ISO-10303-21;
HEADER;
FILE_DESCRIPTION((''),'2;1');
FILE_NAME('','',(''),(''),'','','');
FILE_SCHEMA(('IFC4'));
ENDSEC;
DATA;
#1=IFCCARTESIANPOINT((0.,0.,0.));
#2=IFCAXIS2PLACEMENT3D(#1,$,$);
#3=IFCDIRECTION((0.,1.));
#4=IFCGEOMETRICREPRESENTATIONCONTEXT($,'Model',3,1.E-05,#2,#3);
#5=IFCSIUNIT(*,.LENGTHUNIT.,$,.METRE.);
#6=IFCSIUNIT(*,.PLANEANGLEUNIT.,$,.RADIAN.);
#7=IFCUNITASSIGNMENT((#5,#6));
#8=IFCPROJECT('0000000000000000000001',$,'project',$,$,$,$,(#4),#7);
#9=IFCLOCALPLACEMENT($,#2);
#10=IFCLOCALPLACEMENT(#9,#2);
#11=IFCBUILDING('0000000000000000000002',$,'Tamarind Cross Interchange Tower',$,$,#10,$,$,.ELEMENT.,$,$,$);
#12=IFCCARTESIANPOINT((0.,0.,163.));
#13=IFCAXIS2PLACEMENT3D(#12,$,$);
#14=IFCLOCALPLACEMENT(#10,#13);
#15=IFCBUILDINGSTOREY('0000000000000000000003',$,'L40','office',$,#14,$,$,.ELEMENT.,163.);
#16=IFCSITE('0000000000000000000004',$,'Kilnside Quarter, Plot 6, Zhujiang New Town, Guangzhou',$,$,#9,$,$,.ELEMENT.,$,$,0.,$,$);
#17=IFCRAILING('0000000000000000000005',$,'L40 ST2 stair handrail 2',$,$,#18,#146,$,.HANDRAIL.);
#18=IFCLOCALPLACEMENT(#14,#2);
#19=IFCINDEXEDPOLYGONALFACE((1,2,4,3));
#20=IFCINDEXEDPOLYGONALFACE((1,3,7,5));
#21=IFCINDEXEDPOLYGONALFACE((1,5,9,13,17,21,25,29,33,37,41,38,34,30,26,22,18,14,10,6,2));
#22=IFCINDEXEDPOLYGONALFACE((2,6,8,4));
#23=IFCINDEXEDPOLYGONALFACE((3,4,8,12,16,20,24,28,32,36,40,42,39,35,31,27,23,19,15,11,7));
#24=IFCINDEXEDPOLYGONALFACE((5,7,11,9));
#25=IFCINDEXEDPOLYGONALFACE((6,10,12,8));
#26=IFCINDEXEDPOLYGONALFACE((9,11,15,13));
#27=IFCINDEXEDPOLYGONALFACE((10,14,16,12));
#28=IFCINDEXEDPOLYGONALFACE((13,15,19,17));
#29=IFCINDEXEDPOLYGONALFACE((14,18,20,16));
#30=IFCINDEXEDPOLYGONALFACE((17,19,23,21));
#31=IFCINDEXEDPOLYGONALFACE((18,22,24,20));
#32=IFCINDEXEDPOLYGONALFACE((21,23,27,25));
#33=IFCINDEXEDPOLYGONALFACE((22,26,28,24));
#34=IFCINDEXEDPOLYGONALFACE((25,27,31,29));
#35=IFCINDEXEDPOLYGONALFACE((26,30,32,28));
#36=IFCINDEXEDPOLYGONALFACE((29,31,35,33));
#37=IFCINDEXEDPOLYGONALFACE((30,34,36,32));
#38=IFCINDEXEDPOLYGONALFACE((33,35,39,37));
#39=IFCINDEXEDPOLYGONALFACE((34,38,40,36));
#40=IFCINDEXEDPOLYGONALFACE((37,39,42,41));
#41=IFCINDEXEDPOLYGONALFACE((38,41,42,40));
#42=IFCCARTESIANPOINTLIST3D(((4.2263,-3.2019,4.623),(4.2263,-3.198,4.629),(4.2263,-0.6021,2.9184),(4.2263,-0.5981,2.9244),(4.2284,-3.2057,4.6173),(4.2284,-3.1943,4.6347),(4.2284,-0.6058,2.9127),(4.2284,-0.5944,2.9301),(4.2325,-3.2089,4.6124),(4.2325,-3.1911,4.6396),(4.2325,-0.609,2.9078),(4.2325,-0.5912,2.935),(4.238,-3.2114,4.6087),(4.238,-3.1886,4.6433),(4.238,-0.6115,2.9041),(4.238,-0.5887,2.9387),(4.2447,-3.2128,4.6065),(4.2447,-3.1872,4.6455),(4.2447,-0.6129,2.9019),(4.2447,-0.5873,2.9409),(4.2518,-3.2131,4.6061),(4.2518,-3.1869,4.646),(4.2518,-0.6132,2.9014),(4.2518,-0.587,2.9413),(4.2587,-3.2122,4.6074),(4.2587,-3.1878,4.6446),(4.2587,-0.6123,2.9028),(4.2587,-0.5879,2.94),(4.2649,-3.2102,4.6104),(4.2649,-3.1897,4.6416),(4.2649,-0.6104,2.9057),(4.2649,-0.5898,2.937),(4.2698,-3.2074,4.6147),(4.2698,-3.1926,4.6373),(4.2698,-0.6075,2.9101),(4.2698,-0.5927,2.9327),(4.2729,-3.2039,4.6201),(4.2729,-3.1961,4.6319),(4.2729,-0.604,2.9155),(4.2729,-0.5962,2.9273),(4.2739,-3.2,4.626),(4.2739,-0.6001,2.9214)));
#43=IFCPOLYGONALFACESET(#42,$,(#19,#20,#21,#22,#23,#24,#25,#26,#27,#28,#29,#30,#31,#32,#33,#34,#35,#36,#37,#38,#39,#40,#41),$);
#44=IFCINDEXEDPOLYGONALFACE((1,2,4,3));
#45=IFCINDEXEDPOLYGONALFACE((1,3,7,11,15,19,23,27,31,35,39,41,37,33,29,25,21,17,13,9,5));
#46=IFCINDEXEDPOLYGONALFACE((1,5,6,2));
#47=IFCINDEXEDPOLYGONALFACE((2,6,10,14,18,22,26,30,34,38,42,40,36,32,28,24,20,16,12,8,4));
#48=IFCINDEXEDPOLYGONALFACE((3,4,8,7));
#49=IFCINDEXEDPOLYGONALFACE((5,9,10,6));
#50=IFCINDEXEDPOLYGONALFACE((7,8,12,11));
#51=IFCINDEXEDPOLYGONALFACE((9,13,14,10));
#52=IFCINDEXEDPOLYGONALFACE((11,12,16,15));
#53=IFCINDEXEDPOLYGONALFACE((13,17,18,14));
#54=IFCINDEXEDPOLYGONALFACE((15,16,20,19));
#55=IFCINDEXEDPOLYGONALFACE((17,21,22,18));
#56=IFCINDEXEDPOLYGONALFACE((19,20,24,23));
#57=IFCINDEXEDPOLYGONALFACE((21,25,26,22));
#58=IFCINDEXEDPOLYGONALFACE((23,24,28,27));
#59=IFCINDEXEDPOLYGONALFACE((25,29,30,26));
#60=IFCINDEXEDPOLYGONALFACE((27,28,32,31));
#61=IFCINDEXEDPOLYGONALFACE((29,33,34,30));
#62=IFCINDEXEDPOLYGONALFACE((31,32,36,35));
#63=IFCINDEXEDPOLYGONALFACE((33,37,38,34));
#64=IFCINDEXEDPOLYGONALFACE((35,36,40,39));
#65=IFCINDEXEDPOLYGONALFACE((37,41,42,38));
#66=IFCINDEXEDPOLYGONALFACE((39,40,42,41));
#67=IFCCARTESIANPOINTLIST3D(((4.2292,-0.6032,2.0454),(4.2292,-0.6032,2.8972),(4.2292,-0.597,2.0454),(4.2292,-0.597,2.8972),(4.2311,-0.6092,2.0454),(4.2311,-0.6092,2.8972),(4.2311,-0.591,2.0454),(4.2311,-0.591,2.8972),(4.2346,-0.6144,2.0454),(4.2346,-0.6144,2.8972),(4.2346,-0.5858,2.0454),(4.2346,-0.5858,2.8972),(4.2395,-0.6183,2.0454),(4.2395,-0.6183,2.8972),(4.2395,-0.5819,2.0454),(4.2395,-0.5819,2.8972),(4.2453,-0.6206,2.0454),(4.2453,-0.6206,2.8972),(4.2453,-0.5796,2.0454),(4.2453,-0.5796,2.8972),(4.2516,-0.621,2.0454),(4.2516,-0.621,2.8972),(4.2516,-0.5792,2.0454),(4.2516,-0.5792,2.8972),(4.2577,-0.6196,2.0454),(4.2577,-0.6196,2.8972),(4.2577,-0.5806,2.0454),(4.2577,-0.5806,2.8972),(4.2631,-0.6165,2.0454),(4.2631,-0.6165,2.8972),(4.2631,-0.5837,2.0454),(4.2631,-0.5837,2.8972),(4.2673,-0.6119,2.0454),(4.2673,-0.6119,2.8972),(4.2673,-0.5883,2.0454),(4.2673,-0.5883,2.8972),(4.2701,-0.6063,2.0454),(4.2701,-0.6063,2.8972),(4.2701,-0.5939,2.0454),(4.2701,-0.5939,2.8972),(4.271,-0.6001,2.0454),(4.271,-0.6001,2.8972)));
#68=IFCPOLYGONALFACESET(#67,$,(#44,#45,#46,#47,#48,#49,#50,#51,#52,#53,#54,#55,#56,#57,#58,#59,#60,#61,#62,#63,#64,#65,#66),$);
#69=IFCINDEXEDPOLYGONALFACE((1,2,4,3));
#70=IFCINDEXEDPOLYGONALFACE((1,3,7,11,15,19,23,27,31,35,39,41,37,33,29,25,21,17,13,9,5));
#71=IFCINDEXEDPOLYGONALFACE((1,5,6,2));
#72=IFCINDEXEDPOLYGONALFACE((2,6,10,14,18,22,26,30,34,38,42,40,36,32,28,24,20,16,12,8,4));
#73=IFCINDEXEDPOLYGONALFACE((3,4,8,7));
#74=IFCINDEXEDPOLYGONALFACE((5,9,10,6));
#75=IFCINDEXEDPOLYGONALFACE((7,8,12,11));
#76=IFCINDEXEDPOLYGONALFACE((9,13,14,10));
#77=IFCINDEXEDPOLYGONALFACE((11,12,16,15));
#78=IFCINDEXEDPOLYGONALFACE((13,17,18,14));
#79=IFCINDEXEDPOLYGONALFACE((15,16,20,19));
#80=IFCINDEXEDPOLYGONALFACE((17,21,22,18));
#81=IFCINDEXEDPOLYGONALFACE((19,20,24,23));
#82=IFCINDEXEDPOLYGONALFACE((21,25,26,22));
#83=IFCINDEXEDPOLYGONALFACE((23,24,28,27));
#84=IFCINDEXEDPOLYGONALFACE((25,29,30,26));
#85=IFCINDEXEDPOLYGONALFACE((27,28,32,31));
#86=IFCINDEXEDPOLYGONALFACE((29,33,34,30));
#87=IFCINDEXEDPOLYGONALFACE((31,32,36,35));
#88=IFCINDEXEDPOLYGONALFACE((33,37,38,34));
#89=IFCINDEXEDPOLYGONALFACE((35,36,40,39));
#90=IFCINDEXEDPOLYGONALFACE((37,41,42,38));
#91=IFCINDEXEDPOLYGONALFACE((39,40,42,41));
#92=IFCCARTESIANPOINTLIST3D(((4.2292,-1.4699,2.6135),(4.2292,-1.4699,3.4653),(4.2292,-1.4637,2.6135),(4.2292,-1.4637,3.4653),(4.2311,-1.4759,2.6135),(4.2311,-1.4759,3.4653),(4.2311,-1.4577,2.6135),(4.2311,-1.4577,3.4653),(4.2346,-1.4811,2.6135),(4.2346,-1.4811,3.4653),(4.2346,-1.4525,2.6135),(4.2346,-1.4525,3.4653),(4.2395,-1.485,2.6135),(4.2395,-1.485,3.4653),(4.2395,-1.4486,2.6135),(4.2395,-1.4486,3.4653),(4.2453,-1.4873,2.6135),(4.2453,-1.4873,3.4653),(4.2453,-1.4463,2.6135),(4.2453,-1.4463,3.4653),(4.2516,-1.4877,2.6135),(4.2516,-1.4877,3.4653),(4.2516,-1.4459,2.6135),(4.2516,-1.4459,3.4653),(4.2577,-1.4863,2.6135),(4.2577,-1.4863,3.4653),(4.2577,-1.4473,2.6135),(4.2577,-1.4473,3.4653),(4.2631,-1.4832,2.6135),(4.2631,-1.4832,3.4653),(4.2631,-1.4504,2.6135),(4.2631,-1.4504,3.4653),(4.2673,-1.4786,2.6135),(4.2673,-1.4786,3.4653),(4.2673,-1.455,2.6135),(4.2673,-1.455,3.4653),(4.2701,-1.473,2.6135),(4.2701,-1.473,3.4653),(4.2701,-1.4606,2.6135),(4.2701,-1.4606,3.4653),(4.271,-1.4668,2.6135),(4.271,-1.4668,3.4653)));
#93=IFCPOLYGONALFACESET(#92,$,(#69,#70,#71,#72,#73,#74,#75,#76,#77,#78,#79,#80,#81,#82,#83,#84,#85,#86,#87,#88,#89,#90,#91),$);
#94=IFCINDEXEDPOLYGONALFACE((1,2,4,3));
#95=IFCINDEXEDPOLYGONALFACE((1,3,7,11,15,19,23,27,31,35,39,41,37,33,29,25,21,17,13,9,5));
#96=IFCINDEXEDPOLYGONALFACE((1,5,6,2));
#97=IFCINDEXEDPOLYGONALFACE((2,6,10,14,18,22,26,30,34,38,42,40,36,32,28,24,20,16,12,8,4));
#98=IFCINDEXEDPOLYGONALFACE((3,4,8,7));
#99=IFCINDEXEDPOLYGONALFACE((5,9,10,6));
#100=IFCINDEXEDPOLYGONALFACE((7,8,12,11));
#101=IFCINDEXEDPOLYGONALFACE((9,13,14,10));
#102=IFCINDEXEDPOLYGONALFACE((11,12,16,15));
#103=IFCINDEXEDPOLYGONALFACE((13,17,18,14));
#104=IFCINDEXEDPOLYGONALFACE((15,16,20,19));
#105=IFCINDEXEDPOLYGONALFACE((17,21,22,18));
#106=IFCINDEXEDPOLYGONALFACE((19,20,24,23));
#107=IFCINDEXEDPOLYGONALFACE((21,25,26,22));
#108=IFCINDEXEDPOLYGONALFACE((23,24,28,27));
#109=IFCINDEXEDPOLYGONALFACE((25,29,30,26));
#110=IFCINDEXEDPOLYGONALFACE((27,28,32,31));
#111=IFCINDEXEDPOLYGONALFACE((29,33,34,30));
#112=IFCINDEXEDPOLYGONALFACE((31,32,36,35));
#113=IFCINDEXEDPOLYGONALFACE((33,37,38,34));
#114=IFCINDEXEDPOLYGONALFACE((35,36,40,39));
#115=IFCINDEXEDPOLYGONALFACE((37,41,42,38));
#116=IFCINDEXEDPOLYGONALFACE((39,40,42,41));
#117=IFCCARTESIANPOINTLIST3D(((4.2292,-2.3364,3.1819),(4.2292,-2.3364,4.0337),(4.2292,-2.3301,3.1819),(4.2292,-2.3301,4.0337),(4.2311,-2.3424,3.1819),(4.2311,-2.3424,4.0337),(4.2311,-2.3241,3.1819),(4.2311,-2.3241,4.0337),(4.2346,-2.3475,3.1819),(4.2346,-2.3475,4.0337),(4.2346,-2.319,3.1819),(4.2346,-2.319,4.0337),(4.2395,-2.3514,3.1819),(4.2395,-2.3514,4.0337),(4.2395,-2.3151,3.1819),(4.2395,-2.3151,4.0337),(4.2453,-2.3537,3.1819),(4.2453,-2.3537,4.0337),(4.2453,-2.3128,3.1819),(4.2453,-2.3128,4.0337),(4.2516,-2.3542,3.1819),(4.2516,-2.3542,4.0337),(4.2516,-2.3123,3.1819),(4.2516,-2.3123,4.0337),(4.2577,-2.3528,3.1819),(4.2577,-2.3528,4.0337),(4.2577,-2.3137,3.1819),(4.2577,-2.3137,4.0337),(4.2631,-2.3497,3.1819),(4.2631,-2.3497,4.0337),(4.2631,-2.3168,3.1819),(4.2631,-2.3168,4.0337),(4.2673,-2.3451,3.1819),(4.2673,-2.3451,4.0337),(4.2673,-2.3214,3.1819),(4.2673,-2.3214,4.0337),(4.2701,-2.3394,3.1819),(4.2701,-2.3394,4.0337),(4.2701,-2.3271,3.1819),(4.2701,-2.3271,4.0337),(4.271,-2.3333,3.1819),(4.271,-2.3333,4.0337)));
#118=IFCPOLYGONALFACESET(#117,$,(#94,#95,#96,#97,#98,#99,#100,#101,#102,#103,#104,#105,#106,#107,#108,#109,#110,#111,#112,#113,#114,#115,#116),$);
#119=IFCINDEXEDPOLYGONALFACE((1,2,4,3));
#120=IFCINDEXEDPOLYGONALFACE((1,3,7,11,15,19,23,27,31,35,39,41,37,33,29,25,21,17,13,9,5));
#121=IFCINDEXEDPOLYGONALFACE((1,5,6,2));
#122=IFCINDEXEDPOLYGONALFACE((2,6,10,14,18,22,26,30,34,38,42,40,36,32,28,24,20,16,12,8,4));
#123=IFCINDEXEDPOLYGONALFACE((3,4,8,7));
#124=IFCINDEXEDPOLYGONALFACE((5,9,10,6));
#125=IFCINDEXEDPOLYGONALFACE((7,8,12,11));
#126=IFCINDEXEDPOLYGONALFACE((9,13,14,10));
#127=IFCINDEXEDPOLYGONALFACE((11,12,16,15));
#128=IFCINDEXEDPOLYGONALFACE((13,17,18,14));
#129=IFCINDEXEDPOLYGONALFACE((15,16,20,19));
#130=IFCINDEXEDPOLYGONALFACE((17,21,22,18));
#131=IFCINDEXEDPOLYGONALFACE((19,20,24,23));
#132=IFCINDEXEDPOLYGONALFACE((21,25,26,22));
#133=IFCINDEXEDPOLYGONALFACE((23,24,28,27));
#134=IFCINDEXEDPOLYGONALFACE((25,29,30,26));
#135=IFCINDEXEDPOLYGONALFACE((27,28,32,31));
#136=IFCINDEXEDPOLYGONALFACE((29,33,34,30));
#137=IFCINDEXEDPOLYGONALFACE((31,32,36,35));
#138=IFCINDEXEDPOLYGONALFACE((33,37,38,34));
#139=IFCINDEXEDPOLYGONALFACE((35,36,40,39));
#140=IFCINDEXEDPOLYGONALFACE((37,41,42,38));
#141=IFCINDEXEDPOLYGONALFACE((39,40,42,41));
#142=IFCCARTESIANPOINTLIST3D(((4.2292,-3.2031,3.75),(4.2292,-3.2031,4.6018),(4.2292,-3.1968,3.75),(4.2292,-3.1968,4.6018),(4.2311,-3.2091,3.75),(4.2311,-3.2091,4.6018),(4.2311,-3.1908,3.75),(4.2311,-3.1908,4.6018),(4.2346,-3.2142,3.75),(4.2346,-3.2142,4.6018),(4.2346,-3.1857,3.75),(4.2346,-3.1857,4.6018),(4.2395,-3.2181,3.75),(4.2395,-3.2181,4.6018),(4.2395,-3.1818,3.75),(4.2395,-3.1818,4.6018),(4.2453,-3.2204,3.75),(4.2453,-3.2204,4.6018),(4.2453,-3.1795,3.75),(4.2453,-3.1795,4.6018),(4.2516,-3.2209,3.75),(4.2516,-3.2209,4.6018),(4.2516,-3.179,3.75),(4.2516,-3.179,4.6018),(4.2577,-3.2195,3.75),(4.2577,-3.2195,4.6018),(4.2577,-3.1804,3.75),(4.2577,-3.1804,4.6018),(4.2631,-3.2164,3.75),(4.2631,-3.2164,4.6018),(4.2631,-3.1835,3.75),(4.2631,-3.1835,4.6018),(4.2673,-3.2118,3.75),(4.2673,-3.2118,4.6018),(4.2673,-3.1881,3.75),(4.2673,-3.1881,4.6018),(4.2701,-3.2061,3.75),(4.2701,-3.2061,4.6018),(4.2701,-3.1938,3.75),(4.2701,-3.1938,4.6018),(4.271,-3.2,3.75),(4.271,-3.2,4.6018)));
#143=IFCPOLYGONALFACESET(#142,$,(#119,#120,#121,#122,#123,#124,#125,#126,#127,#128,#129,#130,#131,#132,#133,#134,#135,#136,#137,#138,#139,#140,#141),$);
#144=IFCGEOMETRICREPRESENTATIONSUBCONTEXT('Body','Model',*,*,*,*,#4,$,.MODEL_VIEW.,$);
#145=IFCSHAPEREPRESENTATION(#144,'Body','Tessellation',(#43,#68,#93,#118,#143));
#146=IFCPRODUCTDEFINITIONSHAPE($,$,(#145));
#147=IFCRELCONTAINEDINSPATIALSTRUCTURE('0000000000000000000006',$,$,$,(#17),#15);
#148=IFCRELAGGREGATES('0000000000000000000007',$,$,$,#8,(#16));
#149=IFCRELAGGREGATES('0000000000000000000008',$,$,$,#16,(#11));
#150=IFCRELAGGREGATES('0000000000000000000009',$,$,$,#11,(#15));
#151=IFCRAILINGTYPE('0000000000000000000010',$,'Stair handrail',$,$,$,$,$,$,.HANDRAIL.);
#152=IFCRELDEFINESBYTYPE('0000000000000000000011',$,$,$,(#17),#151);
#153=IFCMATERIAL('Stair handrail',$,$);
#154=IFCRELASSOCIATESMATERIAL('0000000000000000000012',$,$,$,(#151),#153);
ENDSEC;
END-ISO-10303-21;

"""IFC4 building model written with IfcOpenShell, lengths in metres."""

from ifc_helpers import new_model, si_unit, direction, frame, origin, origin_2d, place, context, subcontext, project, spatial, circle, extrude, material, type_object, element, save


model = new_model("IFC4")

# Units and contexts
model_context = context("Model", 3, precision=1e-05, world=origin(), true_north=direction((0.0, 1.0)))
body_context = subcontext(model_context, "Body", "Model", "MODEL_VIEW")
ifc_project = project(units=[si_unit("LENGTHUNIT", "METRE"), si_unit("PLANEANGLEUNIT", "RADIAN")], contexts=[model_context])

# Site, building, storey
site_placement = place(None, origin())
site = spatial("IfcSite", under=ifc_project, at=site_placement, Name="Kilnside Quarter, Plot 6, Zhujiang New Town, Guangzhou", CompositionType="ELEMENT", RefElevation=0.0)
building_placement = place(site_placement, origin())
building = spatial("IfcBuilding", under=site, at=building_placement, Name="Tamarind Cross Interchange Tower", CompositionType="ELEMENT")
storey_placement = place(building_placement, frame((0.0, 0.0, 163.0)))
storey = spatial("IfcBuildingStorey", under=building, at=storey_placement, Name="L40", Description="office", CompositionType="ELEMENT", Elevation=163.0)

# Railing
ifc_material_1 = material(Name="Stair handrail")
railing_type_1 = type_object("IfcRailingType", Name="Stair handrail", PredefinedType="HANDRAIL", material=ifc_material_1)
railing_1_placement = place(storey_placement, frame((4.25, -0.6001, 2.0454)))
element("IfcRailing", 1, at=railing_1_placement, inside=storey, type_object=railing_type_1, Name="L40 ST2 stair handrail 2", PredefinedType="HANDRAIL", context=body_context, shape_type="SweptSolid", body=[
    extrude(circle(Radius=0.0239, at=origin_2d()), frame((0.0, 0.0, 0.876), z_axis=(0.0, -0.836279, 0.548305), x_axis=(1.0, 0.0, 0.0)), (0.0, 0.0, 1.0), 3.1089),
    extrude(circle(Radius=0.021, at=origin_2d()), origin(), (0.0, 0.0, 1.0), 0.8518),
    extrude(circle(Radius=0.021, at=origin_2d()), frame((0.0, -0.8667, 0.5681)), (0.0, 0.0, 1.0), 0.8518),
    extrude(circle(Radius=0.021, at=origin_2d()), frame((0.0, -1.7332, 1.1365)), (0.0, 0.0, 1.0), 0.8518),
    extrude(circle(Radius=0.021, at=origin_2d()), frame((0.0, -2.5999, 1.7046)), (0.0, 0.0, 1.0), 0.8518),
])

save(model, "model.ifc")
